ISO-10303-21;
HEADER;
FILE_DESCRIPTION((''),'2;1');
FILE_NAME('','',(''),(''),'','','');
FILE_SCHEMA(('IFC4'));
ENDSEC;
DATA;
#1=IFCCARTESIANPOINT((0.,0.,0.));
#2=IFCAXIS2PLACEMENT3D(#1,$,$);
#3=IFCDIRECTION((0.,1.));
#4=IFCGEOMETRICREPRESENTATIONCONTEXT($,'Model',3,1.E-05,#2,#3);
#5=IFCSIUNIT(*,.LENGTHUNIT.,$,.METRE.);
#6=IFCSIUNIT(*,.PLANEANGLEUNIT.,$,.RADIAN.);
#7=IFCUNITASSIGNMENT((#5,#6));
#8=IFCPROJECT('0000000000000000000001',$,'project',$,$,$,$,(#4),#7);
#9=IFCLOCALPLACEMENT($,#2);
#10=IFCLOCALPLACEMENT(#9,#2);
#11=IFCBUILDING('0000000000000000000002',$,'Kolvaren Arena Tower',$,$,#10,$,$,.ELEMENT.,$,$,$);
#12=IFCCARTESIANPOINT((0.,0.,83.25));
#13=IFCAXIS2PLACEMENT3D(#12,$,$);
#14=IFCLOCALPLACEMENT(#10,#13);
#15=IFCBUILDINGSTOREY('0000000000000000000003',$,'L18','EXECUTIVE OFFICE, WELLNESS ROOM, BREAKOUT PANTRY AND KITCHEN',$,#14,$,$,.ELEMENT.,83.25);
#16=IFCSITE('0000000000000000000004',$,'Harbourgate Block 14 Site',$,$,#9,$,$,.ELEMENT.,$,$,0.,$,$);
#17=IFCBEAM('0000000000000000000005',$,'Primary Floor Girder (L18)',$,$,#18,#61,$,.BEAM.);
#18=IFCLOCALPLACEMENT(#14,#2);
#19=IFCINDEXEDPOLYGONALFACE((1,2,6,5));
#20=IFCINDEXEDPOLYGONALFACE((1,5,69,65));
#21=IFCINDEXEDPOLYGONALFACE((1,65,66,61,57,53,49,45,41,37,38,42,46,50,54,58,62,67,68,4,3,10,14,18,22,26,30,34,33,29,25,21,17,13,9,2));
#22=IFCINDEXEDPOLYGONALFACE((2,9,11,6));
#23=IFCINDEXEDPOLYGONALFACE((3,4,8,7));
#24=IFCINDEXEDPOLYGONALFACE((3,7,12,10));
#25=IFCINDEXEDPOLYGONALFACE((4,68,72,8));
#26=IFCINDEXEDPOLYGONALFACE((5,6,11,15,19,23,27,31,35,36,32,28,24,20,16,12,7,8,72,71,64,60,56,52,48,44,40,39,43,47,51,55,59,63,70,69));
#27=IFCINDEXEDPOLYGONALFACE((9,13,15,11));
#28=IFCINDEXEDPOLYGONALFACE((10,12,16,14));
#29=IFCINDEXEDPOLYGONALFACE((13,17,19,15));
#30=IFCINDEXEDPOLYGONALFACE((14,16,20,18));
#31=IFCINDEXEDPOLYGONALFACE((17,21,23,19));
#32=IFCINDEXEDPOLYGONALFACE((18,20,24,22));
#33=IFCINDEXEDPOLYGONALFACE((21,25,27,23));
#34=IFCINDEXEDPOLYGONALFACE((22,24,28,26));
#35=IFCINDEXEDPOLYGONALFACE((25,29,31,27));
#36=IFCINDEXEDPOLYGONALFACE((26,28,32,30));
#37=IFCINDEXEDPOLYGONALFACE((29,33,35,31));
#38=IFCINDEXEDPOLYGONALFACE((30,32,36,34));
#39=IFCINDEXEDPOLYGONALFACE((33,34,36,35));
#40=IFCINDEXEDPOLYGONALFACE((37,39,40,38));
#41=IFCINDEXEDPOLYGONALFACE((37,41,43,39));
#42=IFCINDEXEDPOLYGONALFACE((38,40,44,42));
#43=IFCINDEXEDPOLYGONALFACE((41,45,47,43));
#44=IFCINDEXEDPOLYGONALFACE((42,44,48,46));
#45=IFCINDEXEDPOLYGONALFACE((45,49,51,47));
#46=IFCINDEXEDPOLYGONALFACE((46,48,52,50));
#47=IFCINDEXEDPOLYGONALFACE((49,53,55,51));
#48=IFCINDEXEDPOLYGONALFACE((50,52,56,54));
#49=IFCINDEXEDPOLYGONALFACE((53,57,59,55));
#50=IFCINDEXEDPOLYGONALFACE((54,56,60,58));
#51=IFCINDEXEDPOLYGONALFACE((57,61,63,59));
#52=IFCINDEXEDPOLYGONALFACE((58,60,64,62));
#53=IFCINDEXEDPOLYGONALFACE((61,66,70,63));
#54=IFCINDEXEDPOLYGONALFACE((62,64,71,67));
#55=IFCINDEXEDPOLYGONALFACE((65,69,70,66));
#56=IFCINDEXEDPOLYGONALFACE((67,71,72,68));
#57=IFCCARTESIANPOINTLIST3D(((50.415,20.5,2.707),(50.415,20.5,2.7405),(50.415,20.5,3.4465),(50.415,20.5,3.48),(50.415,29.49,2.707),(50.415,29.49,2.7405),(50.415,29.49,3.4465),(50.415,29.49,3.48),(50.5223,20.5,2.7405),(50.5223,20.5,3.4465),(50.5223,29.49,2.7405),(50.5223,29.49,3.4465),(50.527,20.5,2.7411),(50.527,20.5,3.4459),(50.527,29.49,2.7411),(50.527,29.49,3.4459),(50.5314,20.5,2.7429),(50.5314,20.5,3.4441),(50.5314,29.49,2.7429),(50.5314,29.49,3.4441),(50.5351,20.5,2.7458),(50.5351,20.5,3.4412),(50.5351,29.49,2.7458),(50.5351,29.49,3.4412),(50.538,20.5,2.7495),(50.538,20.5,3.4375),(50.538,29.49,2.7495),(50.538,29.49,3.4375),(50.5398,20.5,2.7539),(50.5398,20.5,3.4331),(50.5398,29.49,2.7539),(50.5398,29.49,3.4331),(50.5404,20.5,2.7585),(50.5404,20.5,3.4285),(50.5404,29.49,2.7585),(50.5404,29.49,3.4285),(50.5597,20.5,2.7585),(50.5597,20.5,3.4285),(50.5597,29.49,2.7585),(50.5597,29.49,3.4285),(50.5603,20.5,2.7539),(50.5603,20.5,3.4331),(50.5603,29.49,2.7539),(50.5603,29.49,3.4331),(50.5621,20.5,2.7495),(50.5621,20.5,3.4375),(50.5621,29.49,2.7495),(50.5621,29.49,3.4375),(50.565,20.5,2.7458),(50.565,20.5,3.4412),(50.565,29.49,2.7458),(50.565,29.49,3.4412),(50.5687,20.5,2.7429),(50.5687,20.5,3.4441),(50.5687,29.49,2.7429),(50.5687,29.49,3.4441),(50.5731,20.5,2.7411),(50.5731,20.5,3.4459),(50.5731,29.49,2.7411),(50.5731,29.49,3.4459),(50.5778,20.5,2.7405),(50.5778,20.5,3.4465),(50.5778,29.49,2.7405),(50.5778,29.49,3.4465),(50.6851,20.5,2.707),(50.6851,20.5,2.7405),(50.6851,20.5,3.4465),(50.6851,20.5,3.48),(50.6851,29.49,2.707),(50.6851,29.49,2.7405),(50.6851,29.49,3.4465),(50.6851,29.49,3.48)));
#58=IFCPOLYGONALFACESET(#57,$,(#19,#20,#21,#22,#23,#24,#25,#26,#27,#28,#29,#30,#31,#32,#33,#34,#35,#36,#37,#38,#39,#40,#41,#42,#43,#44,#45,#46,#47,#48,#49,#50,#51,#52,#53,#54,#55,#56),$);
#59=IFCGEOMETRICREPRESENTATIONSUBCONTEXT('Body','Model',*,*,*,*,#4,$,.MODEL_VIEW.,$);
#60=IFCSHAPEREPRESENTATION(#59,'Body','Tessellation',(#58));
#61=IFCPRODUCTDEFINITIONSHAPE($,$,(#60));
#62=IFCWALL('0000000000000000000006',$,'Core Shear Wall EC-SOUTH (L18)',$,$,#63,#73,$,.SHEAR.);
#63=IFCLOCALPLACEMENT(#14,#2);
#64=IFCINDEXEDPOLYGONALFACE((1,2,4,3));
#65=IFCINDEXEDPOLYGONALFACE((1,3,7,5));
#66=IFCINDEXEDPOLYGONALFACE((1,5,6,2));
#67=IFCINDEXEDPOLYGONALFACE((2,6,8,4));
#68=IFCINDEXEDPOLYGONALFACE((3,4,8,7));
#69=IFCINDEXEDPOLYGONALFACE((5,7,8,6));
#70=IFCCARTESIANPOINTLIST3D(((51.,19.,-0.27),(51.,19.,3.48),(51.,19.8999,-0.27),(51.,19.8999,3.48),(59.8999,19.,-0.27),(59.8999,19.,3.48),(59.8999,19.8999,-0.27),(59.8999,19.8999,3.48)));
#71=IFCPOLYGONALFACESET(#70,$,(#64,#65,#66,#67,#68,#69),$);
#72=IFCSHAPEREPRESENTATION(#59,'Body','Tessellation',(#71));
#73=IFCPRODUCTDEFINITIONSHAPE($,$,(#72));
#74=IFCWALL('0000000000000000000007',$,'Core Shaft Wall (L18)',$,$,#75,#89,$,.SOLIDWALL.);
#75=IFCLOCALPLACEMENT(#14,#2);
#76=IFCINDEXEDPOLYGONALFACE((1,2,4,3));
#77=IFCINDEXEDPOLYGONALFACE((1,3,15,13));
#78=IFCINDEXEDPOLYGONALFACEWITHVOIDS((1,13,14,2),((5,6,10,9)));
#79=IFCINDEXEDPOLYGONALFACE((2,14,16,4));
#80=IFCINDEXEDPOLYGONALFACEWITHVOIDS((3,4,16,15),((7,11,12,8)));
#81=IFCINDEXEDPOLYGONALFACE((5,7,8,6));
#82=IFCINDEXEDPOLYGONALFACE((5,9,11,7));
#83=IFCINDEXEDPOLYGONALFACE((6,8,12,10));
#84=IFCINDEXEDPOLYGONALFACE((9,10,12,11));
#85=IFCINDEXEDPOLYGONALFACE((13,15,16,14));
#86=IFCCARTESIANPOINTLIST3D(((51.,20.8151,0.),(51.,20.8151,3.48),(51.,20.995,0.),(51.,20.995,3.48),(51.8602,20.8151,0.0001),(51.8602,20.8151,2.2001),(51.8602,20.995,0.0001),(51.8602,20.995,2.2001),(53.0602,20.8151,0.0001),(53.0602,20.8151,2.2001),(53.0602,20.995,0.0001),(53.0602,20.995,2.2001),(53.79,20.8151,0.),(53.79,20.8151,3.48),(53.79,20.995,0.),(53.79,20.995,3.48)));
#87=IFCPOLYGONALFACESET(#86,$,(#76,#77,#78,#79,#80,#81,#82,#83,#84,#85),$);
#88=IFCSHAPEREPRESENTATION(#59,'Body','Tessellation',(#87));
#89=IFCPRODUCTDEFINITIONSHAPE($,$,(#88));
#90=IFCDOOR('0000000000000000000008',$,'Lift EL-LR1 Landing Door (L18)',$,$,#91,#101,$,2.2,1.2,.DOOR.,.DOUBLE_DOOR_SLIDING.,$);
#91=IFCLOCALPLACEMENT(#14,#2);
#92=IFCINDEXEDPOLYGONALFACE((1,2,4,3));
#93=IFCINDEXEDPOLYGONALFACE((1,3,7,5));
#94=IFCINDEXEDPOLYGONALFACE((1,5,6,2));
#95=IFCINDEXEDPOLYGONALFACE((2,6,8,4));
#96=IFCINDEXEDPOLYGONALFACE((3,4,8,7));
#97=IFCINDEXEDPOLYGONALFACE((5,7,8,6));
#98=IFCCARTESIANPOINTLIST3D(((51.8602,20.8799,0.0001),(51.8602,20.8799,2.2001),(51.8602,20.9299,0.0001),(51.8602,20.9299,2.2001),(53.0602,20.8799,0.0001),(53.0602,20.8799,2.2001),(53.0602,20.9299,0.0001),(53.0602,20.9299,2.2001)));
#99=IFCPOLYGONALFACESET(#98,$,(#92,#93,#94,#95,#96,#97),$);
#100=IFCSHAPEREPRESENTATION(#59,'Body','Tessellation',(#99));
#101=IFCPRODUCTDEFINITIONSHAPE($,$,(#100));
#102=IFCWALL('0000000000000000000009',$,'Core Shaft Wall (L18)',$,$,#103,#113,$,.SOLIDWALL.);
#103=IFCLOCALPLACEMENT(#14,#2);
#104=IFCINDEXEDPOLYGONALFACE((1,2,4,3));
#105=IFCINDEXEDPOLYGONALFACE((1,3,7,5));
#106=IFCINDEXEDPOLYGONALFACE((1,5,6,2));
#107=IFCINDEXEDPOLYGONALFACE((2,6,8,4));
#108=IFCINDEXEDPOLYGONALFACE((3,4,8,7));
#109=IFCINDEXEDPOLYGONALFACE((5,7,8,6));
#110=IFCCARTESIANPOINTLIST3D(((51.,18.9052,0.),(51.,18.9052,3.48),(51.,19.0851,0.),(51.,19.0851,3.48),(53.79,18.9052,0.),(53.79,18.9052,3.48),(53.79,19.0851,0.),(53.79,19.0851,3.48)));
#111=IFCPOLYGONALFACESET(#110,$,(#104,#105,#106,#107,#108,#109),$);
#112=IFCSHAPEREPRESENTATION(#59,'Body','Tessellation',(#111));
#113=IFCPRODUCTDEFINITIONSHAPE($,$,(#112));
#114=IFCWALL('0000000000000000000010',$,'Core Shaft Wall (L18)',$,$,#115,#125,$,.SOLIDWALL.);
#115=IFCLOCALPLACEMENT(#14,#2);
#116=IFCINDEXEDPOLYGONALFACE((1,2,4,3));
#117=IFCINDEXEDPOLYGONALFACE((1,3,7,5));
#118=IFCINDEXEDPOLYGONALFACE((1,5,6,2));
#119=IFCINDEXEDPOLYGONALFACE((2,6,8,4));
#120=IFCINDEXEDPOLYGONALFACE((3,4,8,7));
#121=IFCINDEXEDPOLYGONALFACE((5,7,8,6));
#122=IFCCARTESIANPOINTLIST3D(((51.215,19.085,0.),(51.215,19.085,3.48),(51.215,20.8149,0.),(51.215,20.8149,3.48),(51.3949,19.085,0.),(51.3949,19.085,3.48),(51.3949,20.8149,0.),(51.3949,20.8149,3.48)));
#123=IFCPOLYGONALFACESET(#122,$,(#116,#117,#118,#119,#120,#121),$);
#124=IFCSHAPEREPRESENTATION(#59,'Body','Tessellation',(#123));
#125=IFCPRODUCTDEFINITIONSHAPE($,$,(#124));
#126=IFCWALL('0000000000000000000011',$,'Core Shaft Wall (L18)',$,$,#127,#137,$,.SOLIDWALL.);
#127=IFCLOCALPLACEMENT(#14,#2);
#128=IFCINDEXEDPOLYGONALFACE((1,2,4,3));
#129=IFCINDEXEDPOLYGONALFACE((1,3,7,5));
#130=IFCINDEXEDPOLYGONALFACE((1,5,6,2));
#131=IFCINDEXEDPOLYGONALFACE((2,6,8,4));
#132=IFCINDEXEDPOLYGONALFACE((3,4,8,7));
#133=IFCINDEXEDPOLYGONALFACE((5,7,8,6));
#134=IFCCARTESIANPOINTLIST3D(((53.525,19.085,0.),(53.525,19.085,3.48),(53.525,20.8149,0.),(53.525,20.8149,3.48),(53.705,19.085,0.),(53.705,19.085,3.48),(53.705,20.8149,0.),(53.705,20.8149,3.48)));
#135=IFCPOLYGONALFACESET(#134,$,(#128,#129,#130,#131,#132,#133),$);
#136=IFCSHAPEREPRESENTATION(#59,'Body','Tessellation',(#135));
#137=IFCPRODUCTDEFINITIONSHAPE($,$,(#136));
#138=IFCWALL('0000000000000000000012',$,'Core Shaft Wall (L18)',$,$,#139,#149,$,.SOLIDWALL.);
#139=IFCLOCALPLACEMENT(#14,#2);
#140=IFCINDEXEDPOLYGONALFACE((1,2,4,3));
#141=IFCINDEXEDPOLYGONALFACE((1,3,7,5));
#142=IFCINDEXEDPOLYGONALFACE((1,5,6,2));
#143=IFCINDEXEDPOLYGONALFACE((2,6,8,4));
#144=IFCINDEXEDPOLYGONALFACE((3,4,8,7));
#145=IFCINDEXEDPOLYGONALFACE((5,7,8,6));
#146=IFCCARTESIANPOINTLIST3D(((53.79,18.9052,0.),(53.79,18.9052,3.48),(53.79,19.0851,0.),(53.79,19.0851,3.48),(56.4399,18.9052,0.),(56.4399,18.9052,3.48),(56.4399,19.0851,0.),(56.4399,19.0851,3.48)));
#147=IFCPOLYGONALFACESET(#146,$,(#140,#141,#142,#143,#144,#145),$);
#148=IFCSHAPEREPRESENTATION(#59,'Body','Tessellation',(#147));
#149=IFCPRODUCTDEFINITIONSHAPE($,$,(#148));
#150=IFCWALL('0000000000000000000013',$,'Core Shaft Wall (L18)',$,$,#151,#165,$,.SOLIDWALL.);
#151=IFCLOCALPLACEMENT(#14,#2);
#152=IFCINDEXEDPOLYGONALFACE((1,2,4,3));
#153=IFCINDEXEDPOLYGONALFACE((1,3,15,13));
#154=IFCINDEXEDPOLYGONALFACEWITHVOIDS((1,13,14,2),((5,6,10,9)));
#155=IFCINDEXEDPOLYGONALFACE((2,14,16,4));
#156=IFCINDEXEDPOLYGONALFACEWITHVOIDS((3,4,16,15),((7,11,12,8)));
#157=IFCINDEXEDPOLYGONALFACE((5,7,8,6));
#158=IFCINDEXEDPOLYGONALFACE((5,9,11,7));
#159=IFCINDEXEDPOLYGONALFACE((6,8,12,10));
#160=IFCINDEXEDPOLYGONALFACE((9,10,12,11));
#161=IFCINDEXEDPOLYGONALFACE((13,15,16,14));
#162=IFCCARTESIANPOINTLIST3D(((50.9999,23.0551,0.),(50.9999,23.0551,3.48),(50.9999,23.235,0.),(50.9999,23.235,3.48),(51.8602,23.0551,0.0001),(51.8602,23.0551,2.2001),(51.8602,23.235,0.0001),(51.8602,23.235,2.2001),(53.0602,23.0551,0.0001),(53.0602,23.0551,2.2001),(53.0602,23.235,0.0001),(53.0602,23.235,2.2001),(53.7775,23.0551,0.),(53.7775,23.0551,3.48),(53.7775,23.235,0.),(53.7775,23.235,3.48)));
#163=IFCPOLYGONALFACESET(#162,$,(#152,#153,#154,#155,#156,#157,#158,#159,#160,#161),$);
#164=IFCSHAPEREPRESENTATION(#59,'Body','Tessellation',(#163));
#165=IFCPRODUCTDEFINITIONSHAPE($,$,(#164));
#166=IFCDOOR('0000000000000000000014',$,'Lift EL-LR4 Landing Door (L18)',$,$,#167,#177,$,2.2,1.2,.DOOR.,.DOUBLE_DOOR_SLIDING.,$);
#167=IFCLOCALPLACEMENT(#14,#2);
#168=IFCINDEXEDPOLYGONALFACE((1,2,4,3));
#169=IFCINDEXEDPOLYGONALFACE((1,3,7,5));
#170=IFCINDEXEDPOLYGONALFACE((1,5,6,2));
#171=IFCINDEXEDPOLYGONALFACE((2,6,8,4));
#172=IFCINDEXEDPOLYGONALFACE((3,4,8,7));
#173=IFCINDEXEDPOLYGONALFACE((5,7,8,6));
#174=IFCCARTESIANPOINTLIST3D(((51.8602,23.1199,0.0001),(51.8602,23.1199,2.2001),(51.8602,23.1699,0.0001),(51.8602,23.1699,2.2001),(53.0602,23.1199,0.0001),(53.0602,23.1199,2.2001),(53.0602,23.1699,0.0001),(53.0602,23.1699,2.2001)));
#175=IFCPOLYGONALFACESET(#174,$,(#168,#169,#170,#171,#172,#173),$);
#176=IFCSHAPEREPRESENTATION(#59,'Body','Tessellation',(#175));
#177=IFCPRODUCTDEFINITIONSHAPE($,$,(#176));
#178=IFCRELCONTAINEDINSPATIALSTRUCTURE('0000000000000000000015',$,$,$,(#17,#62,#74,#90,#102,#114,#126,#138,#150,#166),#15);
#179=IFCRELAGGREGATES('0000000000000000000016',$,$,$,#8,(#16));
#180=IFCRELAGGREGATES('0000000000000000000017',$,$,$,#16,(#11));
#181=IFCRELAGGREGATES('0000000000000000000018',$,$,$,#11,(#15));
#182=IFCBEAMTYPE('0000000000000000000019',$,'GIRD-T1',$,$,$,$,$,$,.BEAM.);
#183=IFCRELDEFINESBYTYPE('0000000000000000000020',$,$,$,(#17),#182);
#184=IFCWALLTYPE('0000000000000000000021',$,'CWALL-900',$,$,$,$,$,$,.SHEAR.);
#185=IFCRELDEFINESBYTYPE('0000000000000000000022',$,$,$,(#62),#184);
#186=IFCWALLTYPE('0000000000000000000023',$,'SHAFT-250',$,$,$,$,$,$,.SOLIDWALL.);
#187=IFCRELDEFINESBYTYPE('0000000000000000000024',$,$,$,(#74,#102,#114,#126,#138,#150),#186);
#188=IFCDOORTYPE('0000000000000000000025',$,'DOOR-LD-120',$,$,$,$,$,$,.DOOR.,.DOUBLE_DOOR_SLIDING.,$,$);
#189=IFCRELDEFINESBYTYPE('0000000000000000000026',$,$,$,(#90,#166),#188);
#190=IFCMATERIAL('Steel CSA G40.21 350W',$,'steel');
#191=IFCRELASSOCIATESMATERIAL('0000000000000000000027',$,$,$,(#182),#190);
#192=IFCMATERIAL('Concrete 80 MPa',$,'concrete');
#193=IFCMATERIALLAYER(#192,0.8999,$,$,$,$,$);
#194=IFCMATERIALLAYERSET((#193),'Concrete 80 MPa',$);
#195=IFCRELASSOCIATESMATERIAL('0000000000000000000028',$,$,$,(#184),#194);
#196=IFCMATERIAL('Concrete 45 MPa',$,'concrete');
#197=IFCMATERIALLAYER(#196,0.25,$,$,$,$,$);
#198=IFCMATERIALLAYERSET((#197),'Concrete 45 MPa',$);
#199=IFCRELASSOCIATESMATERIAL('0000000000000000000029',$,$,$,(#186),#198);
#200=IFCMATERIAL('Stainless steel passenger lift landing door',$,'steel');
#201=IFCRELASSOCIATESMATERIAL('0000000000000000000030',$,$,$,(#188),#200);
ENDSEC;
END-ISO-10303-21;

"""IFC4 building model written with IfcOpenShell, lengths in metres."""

from ifc_helpers import new_model, si_unit, direction, frame, frame_2d, origin, origin_2d, place, context, subcontext, project, spatial, rectangle, i_section, extrude, material, layer, layer_set, material_profile, profile_set, type_object, element, fill, save


model = new_model("IFC4")

# Units and contexts
model_context = context("Model", 3, precision=1e-05, world=origin(), true_north=direction((0.0, 1.0)))
body_context = subcontext(model_context, "Body", "Model", "MODEL_VIEW")
ifc_project = project(units=[si_unit("LENGTHUNIT", "METRE"), si_unit("PLANEANGLEUNIT", "RADIAN")], contexts=[model_context])

# Site, building, storey
site_placement = place(None, origin())
site = spatial("IfcSite", under=ifc_project, at=site_placement, Name="Harbourgate Block 14 Site", CompositionType="ELEMENT", RefElevation=0.0)
building_placement = place(site_placement, origin())
building = spatial("IfcBuilding", under=site, at=building_placement, Name="Kolvaren Arena Tower", CompositionType="ELEMENT")
storey_placement = place(building_placement, frame((0.0, 0.0, 83.25)))
storey = spatial("IfcBuildingStorey", under=building, at=storey_placement, Name="L18", Description="EXECUTIVE OFFICE, WELLNESS ROOM, BREAKOUT PANTRY AND KITCHEN", CompositionType="ELEMENT", Elevation=83.25)

# Beam
ifc_material_1 = material(Name="Steel CSA G40.21 350W", Category="steel")
ifc_material_profile = material_profile(ifc_material_1, i_section(OverallWidth=0.27, OverallDepth=0.7729, WebThickness=0.0193, FlangeThickness=0.0334, FilletRadius=0.0181, at=origin_2d()), Name="W760x257")
ifc_profile_set = profile_set([ifc_material_profile], Name="Steel CSA G40.21 350W")
beam_type = type_object("IfcBeamType", Name="GIRD-T1", PredefinedType="BEAM", material=ifc_profile_set)
beam_placement = place(storey_placement, frame((50.55, 20.5, 3.0935), z_axis=(0.0, 1.0, 0.0), x_axis=(-1.0, 0.0, 0.0)))
element("IfcBeam", 1, at=beam_placement, inside=storey, type_object=beam_type, Name="Primary Floor Girder (L18)", PredefinedType="BEAM", context=body_context, shape_type="SweptSolid", body=[
    extrude(i_section(OverallWidth=0.27, OverallDepth=0.7729, WebThickness=0.0193, FlangeThickness=0.0334, FilletRadius=0.0181, at=origin_2d()), origin(), (0.0, 0.0, 1.0), 8.99),
])

# Wall
ifc_material_2 = material(Name="Concrete 80 MPa", Category="concrete")
ifc_layer_1 = layer(ifc_material_2, 0.8999)
ifc_layer_set_1 = layer_set([ifc_layer_1], Name="Concrete 80 MPa")
wall_type_1 = type_object("IfcWallType", Name="CWALL-900", PredefinedType="SHEAR", material=ifc_layer_set_1)
wall_1_placement = place(storey_placement, frame((51.0, 19.45, -0.27), z_axis=(0.0, 0.0, 1.0), x_axis=(1.0, 0.0, 0.0)))
element("IfcWall", 2, at=wall_1_placement, inside=storey, type_object=wall_type_1, Name="Core Shear Wall EC-SOUTH (L18)", PredefinedType="SHEAR", context=body_context, shape_type="SweptSolid", body=[
    extrude(rectangle(XDim=8.8999, YDim=0.8999, at=frame_2d((4.45, 0.0))), origin(), (0.0, 0.0, 1.0), 3.75),
])

# Wall, opening, door
ifc_material_3 = material(Name="Concrete 45 MPa", Category="concrete")
ifc_layer_2 = layer(ifc_material_3, 0.25)
ifc_layer_set_2 = layer_set([ifc_layer_2], Name="Concrete 45 MPa")
wall_type_2 = type_object("IfcWallType", Name="SHAFT-250", PredefinedType="SOLIDWALL", material=ifc_layer_set_2)
wall_2_placement = place(storey_placement, frame((51.0, 20.905, 0.0), z_axis=(0.0, 0.0, 1.0), x_axis=(1.0, 0.0, 0.0)))
wall_2 = element("IfcWall", 3, at=wall_2_placement, inside=storey, type_object=wall_type_2, Name="Core Shaft Wall (L18)", PredefinedType="SOLIDWALL", context=body_context, shape_type="SweptSolid", body=[
    extrude(rectangle(XDim=2.79, YDim=0.1799, at=frame_2d((1.395, 0.0))), origin(), (0.0, 0.0, 1.0), 3.48),
])
opening_1_placement = place(wall_2_placement, frame((0.8601, 0.0, 0.0)))
opening_1 = element("IfcOpeningElement", 4, at=opening_1_placement, cuts=wall_2, PredefinedType="OPENING", context=body_context, shape_type="SweptSolid", body=[
    extrude(rectangle(XDim=1.2, YDim=2.2, at=frame_2d((0.6001, 1.1001))), frame((0.0, 0.0999, 0.0), z_axis=(0.0, -1.0, 0.0), x_axis=(1.0, 0.0, 0.0)), (0.0, 0.0, 1.0), 0.2),
])
ifc_material_4 = material(Name="Stainless steel passenger lift landing door", Category="steel")
door_type = type_object("IfcDoorType", Name="DOOR-LD-120", OperationType="DOUBLE_DOOR_SLIDING", PredefinedType="DOOR", material=ifc_material_4)
door_1_placement = place(opening_1_placement, origin())
door_1 = element("IfcDoor", 5, at=door_1_placement, inside=storey, type_object=door_type, Name="Lift EL-LR1 Landing Door (L18)", OperationType="DOUBLE_DOOR_SLIDING", OverallHeight=2.2, OverallWidth=1.2, PredefinedType="DOOR", context=body_context, shape_type="SweptSolid", body=[
    extrude(rectangle(XDim=1.2, YDim=2.2, at=frame_2d((0.6001, 1.1001))), frame((0.0, 0.0249, 0.0), z_axis=(0.0, -1.0, 0.0), x_axis=(1.0, 0.0, 0.0)), (0.0, 0.0, 1.0), 0.05),
])
fill(opening_1, door_1)

# Walls
wall_3_placement = place(storey_placement, frame((51.0, 18.9951, 0.0), z_axis=(0.0, 0.0, 1.0), x_axis=(1.0, 0.0, 0.0)))
element("IfcWall", 6, at=wall_3_placement, inside=storey, type_object=wall_type_2, Name="Core Shaft Wall (L18)", PredefinedType="SOLIDWALL", context=body_context, shape_type="SweptSolid", body=[
    extrude(rectangle(XDim=2.79, YDim=0.1799, at=frame_2d((1.395, 0.0))), origin(), (0.0, 0.0, 1.0), 3.48),
])
for number, where, z_axis, x_axis, name in (
    (7, (51.3049, 19.085, 0.0), (0.0, 0.0, 1.0), (0.0, 1.0, 0.0), "Core Shaft Wall (L18)"),
    (8, (53.615, 19.085, 0.0), (0.0, 0.0, 1.0), (0.0, 1.0, 0.0), "Core Shaft Wall (L18)"),
):
    element("IfcWall", number, at=place(storey_placement, frame(where, z_axis=z_axis, x_axis=x_axis)), inside=storey, type_object=wall_type_2, Name=name, PredefinedType="SOLIDWALL", context=body_context, shape_type="SweptSolid", body=[
        extrude(rectangle(XDim=1.73, YDim=0.1799, at=frame_2d((0.865, 0.0))), origin(), (0.0, 0.0, 1.0), 3.48),
    ])
wall_4_placement = place(storey_placement, frame((53.79, 18.9951, 0.0), z_axis=(0.0, 0.0, 1.0), x_axis=(1.0, 0.0, 0.0)))
element("IfcWall", 9, at=wall_4_placement, inside=storey, type_object=wall_type_2, Name="Core Shaft Wall (L18)", PredefinedType="SOLIDWALL", context=body_context, shape_type="SweptSolid", body=[
    extrude(rectangle(XDim=2.6499, YDim=0.1799, at=frame_2d((1.325, 0.0))), origin(), (0.0, 0.0, 1.0), 3.48),
])

# Wall, opening, door
wall_5_placement = place(storey_placement, frame((51.0, 23.145, 0.0), z_axis=(0.0, 0.0, 1.0), x_axis=(1.0, 0.0, 0.0)))
wall_5 = element("IfcWall", 10, at=wall_5_placement, inside=storey, type_object=wall_type_2, Name="Core Shaft Wall (L18)", PredefinedType="SOLIDWALL", context=body_context, shape_type="SweptSolid", body=[
    extrude(rectangle(XDim=2.7776, YDim=0.1799, at=frame_2d((1.3887, 0.0))), origin(), (0.0, 0.0, 1.0), 3.48),
])
opening_2_placement = place(wall_5_placement, frame((0.8601, 0.0, 0.0)))
opening_2 = element("IfcOpeningElement", 11, at=opening_2_placement, cuts=wall_5, PredefinedType="OPENING", context=body_context, shape_type="SweptSolid", body=[
    extrude(rectangle(XDim=1.2, YDim=2.2, at=frame_2d((0.6001, 1.1001))), frame((0.0, 0.0999, 0.0), z_axis=(0.0, -1.0, 0.0), x_axis=(1.0, 0.0, 0.0)), (0.0, 0.0, 1.0), 0.2),
])
door_2_placement = place(opening_2_placement, origin())
door_2 = element("IfcDoor", 12, at=door_2_placement, inside=storey, type_object=door_type, Name="Lift EL-LR4 Landing Door (L18)", OperationType="DOUBLE_DOOR_SLIDING", OverallHeight=2.2, OverallWidth=1.2, PredefinedType="DOOR", context=body_context, shape_type="SweptSolid", body=[
    extrude(rectangle(XDim=1.2, YDim=2.2, at=frame_2d((0.6001, 1.1001))), frame((0.0, 0.0249, 0.0), z_axis=(0.0, -1.0, 0.0), x_axis=(1.0, 0.0, 0.0)), (0.0, 0.0, 1.0), 0.05),
])
fill(opening_2, door_2)

save(model, "model.ifc")
